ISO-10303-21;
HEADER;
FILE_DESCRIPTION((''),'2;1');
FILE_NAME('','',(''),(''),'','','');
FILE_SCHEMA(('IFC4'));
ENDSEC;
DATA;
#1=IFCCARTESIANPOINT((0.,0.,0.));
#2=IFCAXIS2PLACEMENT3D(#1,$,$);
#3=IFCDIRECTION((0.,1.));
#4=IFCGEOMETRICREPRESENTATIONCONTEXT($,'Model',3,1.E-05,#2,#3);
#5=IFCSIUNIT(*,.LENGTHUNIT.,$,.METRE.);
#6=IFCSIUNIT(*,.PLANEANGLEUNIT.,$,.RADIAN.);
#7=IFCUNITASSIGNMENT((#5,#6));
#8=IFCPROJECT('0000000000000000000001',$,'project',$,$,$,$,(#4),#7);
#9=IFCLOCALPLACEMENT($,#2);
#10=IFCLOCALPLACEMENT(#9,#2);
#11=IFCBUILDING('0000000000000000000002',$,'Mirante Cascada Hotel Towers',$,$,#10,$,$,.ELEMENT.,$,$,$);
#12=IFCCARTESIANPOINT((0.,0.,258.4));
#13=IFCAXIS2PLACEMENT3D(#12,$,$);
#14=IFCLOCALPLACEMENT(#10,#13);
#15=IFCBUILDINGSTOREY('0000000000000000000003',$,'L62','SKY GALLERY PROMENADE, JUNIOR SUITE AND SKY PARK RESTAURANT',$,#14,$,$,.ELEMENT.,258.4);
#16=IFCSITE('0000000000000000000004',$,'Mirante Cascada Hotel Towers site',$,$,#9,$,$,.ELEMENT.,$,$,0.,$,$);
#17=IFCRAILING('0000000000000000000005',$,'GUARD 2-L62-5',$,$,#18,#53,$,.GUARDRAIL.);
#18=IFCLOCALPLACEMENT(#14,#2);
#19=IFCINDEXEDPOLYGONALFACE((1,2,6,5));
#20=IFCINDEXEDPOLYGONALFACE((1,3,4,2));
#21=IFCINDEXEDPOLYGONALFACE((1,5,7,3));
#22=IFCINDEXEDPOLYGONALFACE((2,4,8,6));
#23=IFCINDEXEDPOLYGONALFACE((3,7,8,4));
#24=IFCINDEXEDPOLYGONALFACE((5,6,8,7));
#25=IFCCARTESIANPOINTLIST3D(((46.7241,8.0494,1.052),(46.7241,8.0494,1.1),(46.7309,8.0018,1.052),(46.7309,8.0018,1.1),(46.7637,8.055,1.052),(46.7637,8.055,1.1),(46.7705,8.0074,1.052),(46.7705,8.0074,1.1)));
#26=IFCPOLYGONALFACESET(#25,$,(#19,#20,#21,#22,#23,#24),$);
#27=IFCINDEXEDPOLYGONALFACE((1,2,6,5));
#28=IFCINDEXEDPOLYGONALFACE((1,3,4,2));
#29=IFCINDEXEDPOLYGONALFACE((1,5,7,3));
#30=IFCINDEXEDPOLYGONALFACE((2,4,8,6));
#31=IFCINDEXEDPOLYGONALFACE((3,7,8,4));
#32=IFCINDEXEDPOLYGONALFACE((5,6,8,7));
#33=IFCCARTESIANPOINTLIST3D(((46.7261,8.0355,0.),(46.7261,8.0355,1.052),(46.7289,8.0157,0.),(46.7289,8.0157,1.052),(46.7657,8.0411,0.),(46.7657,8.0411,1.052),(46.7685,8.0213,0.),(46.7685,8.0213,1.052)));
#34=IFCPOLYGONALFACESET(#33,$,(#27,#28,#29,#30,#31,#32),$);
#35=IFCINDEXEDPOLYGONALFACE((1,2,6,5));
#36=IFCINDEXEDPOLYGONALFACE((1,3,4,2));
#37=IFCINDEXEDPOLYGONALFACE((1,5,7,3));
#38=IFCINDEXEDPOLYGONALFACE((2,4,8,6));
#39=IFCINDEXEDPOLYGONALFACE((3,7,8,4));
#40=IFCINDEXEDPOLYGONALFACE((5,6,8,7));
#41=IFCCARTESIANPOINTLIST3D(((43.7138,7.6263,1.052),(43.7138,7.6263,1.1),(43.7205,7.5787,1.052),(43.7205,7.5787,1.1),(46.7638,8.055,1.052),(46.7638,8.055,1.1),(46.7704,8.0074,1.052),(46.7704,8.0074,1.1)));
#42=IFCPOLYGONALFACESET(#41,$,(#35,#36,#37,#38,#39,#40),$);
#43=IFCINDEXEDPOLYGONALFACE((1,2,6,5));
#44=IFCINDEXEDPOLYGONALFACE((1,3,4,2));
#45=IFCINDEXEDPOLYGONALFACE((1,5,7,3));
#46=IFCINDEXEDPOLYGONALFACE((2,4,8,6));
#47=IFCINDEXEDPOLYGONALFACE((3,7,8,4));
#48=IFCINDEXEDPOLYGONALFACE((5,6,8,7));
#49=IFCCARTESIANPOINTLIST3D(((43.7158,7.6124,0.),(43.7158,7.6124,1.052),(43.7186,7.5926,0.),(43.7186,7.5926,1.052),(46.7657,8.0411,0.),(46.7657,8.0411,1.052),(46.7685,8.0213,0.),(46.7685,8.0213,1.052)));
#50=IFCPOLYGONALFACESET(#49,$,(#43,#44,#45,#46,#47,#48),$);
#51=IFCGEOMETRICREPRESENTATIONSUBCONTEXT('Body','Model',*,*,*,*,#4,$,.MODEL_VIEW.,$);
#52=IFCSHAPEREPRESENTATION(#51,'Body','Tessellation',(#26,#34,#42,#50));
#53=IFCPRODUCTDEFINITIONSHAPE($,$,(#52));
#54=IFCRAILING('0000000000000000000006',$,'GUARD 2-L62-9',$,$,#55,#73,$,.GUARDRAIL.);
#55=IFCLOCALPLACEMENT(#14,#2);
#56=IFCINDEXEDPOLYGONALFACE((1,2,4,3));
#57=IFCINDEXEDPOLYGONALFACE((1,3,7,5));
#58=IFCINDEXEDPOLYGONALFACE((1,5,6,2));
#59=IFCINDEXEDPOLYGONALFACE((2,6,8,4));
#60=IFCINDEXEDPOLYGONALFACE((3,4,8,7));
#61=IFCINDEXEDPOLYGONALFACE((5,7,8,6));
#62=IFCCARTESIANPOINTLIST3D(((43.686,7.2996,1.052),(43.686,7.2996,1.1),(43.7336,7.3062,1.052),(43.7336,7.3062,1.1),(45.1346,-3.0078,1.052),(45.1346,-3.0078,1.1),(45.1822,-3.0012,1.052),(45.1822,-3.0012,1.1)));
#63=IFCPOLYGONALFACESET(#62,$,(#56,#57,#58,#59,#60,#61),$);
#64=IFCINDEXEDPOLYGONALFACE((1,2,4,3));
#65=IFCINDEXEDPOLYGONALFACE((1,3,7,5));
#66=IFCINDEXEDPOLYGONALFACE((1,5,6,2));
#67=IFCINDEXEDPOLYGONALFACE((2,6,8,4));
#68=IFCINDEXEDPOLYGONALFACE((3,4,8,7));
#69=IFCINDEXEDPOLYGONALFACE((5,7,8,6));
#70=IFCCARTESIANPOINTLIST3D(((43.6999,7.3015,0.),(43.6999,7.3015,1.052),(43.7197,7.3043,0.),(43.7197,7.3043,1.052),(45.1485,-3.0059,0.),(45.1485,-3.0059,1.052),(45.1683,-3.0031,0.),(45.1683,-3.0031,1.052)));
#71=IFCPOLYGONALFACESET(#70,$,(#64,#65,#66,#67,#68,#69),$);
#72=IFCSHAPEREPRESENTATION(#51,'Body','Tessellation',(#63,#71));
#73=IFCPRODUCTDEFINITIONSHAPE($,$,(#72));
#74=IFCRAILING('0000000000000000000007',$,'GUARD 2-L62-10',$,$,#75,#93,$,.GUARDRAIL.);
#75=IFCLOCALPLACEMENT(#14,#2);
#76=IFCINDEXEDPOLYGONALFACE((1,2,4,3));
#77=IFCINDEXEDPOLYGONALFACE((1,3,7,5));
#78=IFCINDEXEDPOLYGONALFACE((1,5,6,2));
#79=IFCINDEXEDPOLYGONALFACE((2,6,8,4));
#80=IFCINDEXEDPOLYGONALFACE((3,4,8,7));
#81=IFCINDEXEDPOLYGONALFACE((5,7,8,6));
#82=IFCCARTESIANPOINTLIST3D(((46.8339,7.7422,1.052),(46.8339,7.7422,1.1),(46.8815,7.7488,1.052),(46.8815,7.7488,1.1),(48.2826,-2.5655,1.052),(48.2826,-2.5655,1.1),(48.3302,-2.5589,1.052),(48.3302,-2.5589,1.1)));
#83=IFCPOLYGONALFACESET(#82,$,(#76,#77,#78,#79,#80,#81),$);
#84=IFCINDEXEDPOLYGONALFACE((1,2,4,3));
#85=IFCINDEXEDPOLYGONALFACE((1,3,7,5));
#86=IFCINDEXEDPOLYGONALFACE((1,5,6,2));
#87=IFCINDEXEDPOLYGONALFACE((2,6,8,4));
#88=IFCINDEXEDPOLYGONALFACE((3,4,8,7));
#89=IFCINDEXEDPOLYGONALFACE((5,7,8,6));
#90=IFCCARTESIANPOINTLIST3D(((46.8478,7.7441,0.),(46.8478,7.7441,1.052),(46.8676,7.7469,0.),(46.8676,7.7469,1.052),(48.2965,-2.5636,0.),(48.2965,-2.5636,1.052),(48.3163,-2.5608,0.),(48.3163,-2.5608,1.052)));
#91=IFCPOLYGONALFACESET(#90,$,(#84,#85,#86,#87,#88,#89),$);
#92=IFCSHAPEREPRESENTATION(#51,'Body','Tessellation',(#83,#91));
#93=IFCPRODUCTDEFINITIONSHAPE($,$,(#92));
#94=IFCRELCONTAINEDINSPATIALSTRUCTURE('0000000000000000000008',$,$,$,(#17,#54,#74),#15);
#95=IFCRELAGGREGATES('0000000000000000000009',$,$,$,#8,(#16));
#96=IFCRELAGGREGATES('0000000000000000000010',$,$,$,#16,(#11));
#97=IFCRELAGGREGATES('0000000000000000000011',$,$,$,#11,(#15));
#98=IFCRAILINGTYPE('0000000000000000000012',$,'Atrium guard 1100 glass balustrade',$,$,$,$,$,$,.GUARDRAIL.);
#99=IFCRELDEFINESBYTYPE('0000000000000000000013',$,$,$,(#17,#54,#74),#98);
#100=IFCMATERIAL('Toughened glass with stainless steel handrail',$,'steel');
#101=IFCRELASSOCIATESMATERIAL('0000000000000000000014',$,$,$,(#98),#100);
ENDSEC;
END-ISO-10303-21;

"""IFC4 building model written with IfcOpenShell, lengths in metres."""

from ifc_helpers import new_model, si_unit, direction, frame, origin, origin_2d, place, context, subcontext, project, spatial, rectangle, extrude, material, type_object, element, save


model = new_model("IFC4")

# Units and contexts
model_context = context("Model", 3, precision=1e-05, world=origin(), true_north=direction((0.0, 1.0)))
body_context = subcontext(model_context, "Body", "Model", "MODEL_VIEW")
ifc_project = project(units=[si_unit("LENGTHUNIT", "METRE"), si_unit("PLANEANGLEUNIT", "RADIAN")], contexts=[model_context])

# Site, building, storey
site_placement = place(None, origin())
site = spatial("IfcSite", under=ifc_project, at=site_placement, Name="Mirante Cascada Hotel Towers site", CompositionType="ELEMENT", RefElevation=0.0)
building_placement = place(site_placement, origin())
building = spatial("IfcBuilding", under=site, at=building_placement, Name="Mirante Cascada Hotel Towers", CompositionType="ELEMENT")
storey_placement = place(building_placement, frame((0.0, 0.0, 258.4)))
storey = spatial("IfcBuildingStorey", under=building, at=storey_placement, Name="L62", Description="SKY GALLERY PROMENADE, JUNIOR SUITE AND SKY PARK RESTAURANT", CompositionType="ELEMENT", Elevation=258.4)

# Railings
ifc_material_1 = material(Name="Toughened glass with stainless steel handrail", Category="steel")
railing_type = type_object("IfcRailingType", Name="Atrium guard 1100 glass balustrade", PredefinedType="GUARDRAIL", material=ifc_material_1)
railing_1_placement = place(storey_placement, frame((46.7275, 8.0256, 0.0)))
element("IfcRailing", 1, at=railing_1_placement, inside=storey, type_object=railing_type, Name="GUARD 2-L62-5", PredefinedType="GUARDRAIL", context=body_context, shape_type="SweptSolid", body=[
    extrude(rectangle(XDim=0.048, YDim=0.048, at=origin_2d()), frame((0.0, 0.0, 1.076), z_axis=(0.990148, 0.140021, 0.0), x_axis=(-0.140021, 0.990148, 0.0)), (0.0, 0.0, 1.0), 0.04),
    extrude(rectangle(XDim=0.02, YDim=1.052, at=origin_2d()), frame((0.0, 0.0, 0.526), z_axis=(0.990148, 0.140021, 0.0), x_axis=(-0.140021, 0.990148, 0.0)), (0.0, 0.0, 1.0), 0.04),
    extrude(rectangle(XDim=0.048, YDim=0.048, at=origin_2d()), frame((0.0396, 0.0056, 1.076), z_axis=(-0.990265, -0.139194, 0.0), x_axis=(0.139194, -0.990265, 0.0)), (0.0, 0.0, 1.0), 3.0799),
    extrude(rectangle(XDim=0.02, YDim=1.052, at=origin_2d()), frame((0.0396, 0.0056, 0.526), z_axis=(-0.990265, -0.139194, 0.0), x_axis=(0.139194, -0.990265, 0.0)), (0.0, 0.0, 1.0), 3.0799),
])
railing_2_placement = place(storey_placement, frame((43.7098, 7.3029, 0.0)))
element("IfcRailing", 2, at=railing_2_placement, inside=storey, type_object=railing_type, Name="GUARD 2-L62-9", PredefinedType="GUARDRAIL", context=body_context, shape_type="SweptSolid", body=[
    extrude(rectangle(XDim=0.048, YDim=0.048, at=origin_2d()), frame((0.0, 0.0, 1.076), z_axis=(0.139172, -0.990268, 0.0), x_axis=(0.990268, 0.139172, 0.0)), (0.0, 0.0, 1.0), 10.4087),
    extrude(rectangle(XDim=0.02, YDim=1.052, at=origin_2d()), frame((0.0, 0.0, 0.526), z_axis=(0.139172, -0.990268, 0.0), x_axis=(0.990268, 0.139172, 0.0)), (0.0, 0.0, 1.0), 10.4087),
])
railing_3_placement = place(storey_placement, frame((48.3064, -2.5622, 0.0)))
element("IfcRailing", 3, at=railing_3_placement, inside=storey, type_object=railing_type, Name="GUARD 2-L62-10", PredefinedType="GUARDRAIL", context=body_context, shape_type="SweptSolid", body=[
    extrude(rectangle(XDim=0.048, YDim=0.048, at=origin_2d()), frame((0.0, 0.0, 1.076), z_axis=(-0.139178, 0.990267, 0.0), x_axis=(-0.990267, -0.139178, 0.0)), (0.0, 0.0, 1.0), 10.409),
    extrude(rectangle(XDim=0.02, YDim=1.052, at=origin_2d()), frame((0.0, 0.0, 0.526), z_axis=(-0.139178, 0.990267, 0.0), x_axis=(-0.990267, -0.139178, 0.0)), (0.0, 0.0, 1.0), 10.409),
])

save(model, "model.ifc")
